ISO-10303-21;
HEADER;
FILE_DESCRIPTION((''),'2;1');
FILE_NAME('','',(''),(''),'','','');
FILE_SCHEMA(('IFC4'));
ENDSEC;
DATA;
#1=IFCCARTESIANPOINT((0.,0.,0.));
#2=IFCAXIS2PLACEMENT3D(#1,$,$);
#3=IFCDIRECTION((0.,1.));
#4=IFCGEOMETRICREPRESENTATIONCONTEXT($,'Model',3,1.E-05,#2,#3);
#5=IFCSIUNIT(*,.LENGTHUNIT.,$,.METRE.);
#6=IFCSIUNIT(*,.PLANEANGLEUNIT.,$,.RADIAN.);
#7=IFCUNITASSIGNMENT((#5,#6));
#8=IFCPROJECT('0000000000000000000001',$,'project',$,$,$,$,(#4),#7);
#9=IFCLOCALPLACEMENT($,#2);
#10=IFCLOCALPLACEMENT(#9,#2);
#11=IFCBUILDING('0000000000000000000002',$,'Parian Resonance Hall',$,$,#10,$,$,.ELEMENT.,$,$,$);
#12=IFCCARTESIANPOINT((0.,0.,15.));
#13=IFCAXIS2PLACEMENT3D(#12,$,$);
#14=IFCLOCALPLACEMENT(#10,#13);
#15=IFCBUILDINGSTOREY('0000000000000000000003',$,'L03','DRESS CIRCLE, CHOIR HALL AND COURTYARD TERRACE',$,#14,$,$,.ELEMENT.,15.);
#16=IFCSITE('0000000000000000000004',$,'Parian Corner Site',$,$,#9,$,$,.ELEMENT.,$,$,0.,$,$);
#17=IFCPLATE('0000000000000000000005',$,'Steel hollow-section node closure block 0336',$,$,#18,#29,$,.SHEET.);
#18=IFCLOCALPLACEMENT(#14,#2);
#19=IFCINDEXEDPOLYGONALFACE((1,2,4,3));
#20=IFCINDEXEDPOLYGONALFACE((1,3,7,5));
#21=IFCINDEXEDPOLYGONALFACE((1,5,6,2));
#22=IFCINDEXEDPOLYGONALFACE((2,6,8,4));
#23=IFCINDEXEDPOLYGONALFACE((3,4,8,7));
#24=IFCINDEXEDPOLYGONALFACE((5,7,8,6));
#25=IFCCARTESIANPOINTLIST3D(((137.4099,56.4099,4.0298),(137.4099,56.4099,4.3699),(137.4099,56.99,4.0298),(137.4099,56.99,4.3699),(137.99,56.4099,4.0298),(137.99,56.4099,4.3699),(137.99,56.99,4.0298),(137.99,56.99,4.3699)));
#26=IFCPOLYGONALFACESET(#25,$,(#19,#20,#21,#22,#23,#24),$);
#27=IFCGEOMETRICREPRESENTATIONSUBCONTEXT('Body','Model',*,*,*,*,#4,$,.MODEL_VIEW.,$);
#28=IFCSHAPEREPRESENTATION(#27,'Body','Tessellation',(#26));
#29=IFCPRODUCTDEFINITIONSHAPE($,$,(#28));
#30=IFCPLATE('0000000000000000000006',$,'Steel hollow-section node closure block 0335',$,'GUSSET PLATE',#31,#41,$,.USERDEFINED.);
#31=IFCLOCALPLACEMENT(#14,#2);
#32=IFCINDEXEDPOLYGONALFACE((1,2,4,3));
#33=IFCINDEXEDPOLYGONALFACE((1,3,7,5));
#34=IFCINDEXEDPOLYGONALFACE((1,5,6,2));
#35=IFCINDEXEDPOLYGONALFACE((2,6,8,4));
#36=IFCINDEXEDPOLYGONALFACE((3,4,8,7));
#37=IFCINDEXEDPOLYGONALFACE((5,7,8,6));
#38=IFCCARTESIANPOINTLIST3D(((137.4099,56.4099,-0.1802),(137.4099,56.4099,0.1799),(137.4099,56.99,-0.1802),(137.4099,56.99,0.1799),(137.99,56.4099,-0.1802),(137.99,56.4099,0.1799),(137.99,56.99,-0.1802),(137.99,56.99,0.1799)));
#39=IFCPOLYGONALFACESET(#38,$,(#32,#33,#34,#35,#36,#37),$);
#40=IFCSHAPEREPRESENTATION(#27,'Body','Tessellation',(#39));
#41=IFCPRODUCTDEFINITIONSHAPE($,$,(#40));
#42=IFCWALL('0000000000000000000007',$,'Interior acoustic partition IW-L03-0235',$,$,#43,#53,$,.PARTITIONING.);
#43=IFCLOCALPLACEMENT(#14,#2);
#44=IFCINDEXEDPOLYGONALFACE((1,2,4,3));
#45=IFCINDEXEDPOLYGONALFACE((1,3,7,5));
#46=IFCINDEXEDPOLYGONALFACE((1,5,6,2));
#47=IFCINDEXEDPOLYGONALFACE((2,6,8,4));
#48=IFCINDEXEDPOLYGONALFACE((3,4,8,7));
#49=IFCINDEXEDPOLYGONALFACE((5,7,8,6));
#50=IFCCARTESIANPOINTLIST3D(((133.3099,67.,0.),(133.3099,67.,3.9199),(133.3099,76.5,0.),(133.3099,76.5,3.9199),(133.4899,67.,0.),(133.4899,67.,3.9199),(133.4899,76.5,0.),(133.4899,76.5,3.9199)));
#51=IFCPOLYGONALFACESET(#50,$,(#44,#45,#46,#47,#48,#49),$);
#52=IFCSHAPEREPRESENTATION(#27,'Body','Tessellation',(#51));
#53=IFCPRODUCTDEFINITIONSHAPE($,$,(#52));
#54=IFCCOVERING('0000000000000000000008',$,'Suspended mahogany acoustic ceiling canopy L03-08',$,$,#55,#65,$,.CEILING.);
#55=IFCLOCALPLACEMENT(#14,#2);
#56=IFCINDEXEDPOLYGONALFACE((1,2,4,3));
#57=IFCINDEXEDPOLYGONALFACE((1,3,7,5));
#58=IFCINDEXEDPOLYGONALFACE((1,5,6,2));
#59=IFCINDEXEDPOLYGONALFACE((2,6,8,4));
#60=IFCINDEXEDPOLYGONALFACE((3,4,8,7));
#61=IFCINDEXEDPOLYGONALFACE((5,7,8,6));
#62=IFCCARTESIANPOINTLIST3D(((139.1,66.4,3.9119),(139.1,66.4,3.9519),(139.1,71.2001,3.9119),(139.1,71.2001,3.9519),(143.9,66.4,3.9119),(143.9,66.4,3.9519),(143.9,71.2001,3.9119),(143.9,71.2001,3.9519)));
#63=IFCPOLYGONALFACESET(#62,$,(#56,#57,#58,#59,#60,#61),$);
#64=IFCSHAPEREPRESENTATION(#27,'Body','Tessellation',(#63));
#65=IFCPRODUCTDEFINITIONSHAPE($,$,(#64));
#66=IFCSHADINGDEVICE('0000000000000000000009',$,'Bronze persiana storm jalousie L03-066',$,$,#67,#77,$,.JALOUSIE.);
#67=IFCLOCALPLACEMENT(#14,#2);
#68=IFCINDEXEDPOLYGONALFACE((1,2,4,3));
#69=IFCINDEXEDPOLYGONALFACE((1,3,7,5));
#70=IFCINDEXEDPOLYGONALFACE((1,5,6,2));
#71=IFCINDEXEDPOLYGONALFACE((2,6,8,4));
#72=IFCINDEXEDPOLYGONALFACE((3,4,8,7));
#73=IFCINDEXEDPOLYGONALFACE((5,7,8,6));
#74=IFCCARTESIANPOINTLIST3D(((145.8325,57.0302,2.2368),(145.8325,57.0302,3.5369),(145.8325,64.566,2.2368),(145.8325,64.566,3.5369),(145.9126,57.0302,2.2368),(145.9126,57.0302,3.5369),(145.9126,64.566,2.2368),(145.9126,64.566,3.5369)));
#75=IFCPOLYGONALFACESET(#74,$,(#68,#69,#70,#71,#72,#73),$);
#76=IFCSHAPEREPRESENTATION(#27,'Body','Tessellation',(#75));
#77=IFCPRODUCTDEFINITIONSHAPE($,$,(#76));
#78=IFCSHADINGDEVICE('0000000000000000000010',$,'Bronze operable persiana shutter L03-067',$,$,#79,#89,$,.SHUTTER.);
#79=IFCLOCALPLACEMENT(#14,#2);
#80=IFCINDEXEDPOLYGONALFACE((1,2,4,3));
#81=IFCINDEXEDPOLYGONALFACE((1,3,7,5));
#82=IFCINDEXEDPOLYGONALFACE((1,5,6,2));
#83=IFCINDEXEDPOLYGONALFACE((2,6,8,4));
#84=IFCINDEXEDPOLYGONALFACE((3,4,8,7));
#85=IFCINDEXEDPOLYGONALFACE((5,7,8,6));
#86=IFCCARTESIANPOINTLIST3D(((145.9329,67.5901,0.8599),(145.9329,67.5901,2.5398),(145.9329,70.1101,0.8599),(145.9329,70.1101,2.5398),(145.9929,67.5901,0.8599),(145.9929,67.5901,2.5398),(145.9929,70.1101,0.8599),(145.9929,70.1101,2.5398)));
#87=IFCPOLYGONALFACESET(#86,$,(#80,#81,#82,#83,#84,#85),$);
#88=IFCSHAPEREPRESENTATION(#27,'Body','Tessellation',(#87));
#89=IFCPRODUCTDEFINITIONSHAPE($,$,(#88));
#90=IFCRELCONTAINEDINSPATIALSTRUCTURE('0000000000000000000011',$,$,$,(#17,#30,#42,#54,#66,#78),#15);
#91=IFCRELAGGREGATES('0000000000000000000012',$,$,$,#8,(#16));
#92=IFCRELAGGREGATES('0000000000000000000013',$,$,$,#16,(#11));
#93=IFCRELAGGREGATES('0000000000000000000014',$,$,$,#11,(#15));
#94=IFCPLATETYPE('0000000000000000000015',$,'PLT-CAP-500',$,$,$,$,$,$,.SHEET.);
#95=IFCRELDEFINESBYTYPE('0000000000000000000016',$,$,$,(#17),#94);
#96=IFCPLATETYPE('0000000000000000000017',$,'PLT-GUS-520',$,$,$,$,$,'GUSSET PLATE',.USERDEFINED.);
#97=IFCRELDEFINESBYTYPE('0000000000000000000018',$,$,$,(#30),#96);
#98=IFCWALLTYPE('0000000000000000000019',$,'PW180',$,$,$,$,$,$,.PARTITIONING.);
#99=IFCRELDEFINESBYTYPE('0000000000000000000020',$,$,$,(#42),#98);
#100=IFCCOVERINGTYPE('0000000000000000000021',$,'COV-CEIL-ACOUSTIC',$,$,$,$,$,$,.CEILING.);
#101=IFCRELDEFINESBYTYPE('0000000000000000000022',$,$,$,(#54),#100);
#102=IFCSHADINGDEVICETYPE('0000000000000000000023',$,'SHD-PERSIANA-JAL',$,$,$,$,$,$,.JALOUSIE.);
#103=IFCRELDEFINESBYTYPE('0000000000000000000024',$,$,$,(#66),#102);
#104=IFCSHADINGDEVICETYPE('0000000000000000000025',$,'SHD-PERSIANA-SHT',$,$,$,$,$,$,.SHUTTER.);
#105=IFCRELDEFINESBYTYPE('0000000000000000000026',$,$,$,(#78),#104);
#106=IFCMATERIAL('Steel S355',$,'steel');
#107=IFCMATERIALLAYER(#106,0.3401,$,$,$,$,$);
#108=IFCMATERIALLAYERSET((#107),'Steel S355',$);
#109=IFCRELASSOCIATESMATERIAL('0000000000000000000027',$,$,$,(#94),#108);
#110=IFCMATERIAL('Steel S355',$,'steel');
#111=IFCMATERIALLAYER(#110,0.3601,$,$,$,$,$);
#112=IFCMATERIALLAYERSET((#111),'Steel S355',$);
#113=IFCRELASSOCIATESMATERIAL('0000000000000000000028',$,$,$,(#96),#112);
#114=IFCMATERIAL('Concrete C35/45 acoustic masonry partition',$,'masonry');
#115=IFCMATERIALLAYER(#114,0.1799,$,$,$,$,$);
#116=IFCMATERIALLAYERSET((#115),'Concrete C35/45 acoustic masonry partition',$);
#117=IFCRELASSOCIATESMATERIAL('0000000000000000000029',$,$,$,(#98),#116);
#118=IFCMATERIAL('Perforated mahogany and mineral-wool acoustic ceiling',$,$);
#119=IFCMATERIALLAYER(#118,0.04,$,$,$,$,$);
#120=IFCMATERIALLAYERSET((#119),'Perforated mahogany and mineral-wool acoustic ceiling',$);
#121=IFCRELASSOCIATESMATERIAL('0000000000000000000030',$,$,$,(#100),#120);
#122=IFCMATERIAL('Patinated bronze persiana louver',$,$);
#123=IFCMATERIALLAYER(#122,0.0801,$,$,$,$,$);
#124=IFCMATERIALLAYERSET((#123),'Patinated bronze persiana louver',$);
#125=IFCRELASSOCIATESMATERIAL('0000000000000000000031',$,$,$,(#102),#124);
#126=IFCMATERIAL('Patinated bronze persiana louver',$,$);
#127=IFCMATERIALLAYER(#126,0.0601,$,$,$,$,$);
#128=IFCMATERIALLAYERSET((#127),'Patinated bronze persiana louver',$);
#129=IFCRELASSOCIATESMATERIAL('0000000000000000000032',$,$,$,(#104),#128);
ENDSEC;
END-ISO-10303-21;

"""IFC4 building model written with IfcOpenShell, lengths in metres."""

from ifc_helpers import new_model, si_unit, direction, frame, frame_2d, origin, origin_2d, place, context, subcontext, project, spatial, rectangle, extrude, material, layer, layer_set, type_object, element, save


model = new_model("IFC4")

# Units and contexts
model_context = context("Model", 3, precision=1e-05, world=origin(), true_north=direction((0.0, 1.0)))
body_context = subcontext(model_context, "Body", "Model", "MODEL_VIEW")
ifc_project = project(units=[si_unit("LENGTHUNIT", "METRE"), si_unit("PLANEANGLEUNIT", "RADIAN")], contexts=[model_context])

# Site, building, storey
site_placement = place(None, origin())
site = spatial("IfcSite", under=ifc_project, at=site_placement, Name="Parian Corner Site", CompositionType="ELEMENT", RefElevation=0.0)
building_placement = place(site_placement, origin())
building = spatial("IfcBuilding", under=site, at=building_placement, Name="Parian Resonance Hall", CompositionType="ELEMENT")
storey_placement = place(building_placement, frame((0.0, 0.0, 15.0)))
storey = spatial("IfcBuildingStorey", under=building, at=storey_placement, Name="L03", Description="DRESS CIRCLE, CHOIR HALL AND COURTYARD TERRACE", CompositionType="ELEMENT", Elevation=15.0)

# Plates
ifc_material_1 = material(Name="Steel S355", Category="steel")
ifc_layer_1 = layer(ifc_material_1, 0.3401)
ifc_layer_set_1 = layer_set([ifc_layer_1], Name="Steel S355")
plate_type_1 = type_object("IfcPlateType", Name="PLT-CAP-500", PredefinedType="SHEET", material=ifc_layer_set_1)
plate_1_placement = place(storey_placement, frame((137.7, 56.7, 4.0298), z_axis=(0.0, 0.0, 1.0), x_axis=(1.0, 0.0, 0.0)))
element("IfcPlate", 1, at=plate_1_placement, inside=storey, type_object=plate_type_1, Name="Steel hollow-section node closure block 0336", PredefinedType="SHEET", context=body_context, shape_type="SweptSolid", body=[
    extrude(rectangle(XDim=0.5801, YDim=0.5801, at=origin_2d()), origin(), (0.0, 0.0, 1.0), 0.3401),
])
ifc_material_2 = material(Name="Steel S355", Category="steel")
ifc_layer_2 = layer(ifc_material_2, 0.3601)
ifc_layer_set_2 = layer_set([ifc_layer_2], Name="Steel S355")
plate_type_2 = type_object("IfcPlateType", Name="PLT-GUS-520", ElementType="GUSSET PLATE", PredefinedType="USERDEFINED", material=ifc_layer_set_2)
plate_2_placement = place(storey_placement, frame((137.7, 56.7, -0.1802), z_axis=(0.0, 0.0, 1.0), x_axis=(1.0, 0.0, 0.0)))
element("IfcPlate", 2, at=plate_2_placement, inside=storey, type_object=plate_type_2, Name="Steel hollow-section node closure block 0335", ObjectType="GUSSET PLATE", PredefinedType="USERDEFINED", context=body_context, shape_type="SweptSolid", body=[
    extrude(rectangle(XDim=0.5801, YDim=0.5801, at=origin_2d()), origin(), (0.0, 0.0, 1.0), 0.3601),
])

# Wall
ifc_material_3 = material(Name="Concrete C35/45 acoustic masonry partition", Category="masonry")
ifc_layer_3 = layer(ifc_material_3, 0.1799)
ifc_layer_set_3 = layer_set([ifc_layer_3], Name="Concrete C35/45 acoustic masonry partition")
wall_type = type_object("IfcWallType", Name="PW180", PredefinedType="PARTITIONING", material=ifc_layer_set_3)
wall_placement = place(storey_placement, frame((133.3999, 67.0, 0.0), z_axis=(0.0, 0.0, 1.0), x_axis=(0.0, 1.0, 0.0)))
element("IfcWall", 3, at=wall_placement, inside=storey, type_object=wall_type, Name="Interior acoustic partition IW-L03-0235", PredefinedType="PARTITIONING", context=body_context, shape_type="SweptSolid", body=[
    extrude(rectangle(XDim=9.5, YDim=0.1799, at=frame_2d((4.75, 0.0))), origin(), (0.0, 0.0, 1.0), 3.9199),
])

# Covering
ifc_material_4 = material(Name="Perforated mahogany and mineral-wool acoustic ceiling")
ifc_layer_4 = layer(ifc_material_4, 0.04)
ifc_layer_set_4 = layer_set([ifc_layer_4], Name="Perforated mahogany and mineral-wool acoustic ceiling")
covering_type = type_object("IfcCoveringType", Name="COV-CEIL-ACOUSTIC", PredefinedType="CEILING", material=ifc_layer_set_4)
covering_placement = place(storey_placement, frame((141.5, 68.8, 3.9119), z_axis=(0.0, 0.0, 1.0), x_axis=(1.0, 0.0, 0.0)))
element("IfcCovering", 4, at=covering_placement, inside=storey, type_object=covering_type, Name="Suspended mahogany acoustic ceiling canopy L03-08", PredefinedType="CEILING", context=body_context, shape_type="SweptSolid", body=[
    extrude(rectangle(XDim=4.8, YDim=4.8, at=origin_2d()), origin(), (0.0, 0.0, 1.0), 0.04),
])

# Shading devices
ifc_material_5 = material(Name="Patinated bronze persiana louver")
ifc_layer_5 = layer(ifc_material_5, 0.0801)
ifc_layer_set_5 = layer_set([ifc_layer_5], Name="Patinated bronze persiana louver")
shading_device_type_1 = type_object("IfcShadingDeviceType", Name="SHD-PERSIANA-JAL", PredefinedType="JALOUSIE", material=ifc_layer_set_5)
shading_device_1_placement = place(storey_placement, frame((145.8726, 60.7981, 2.2368), z_axis=(0.0, 0.0, 1.0), x_axis=(0.0, -1.0, 0.0)))
element("IfcShadingDevice", 5, at=shading_device_1_placement, inside=storey, type_object=shading_device_type_1, Name="Bronze persiana storm jalousie L03-066", PredefinedType="JALOUSIE", context=body_context, shape_type="SweptSolid", body=[
    extrude(rectangle(XDim=7.5359, YDim=0.0801, at=origin_2d()), origin(), (0.0, 0.0, 1.0), 1.3),
])
ifc_material_6 = material(Name="Patinated bronze persiana louver")
ifc_layer_6 = layer(ifc_material_6, 0.0601)
ifc_layer_set_6 = layer_set([ifc_layer_6], Name="Patinated bronze persiana louver")
shading_device_type_2 = type_object("IfcShadingDeviceType", Name="SHD-PERSIANA-SHT", PredefinedType="SHUTTER", material=ifc_layer_set_6)
shading_device_2_placement = place(storey_placement, frame((145.9629, 68.8501, 0.8599), z_axis=(0.0, 0.0, 1.0), x_axis=(0.0, -1.0, 0.0)))
element("IfcShadingDevice", 6, at=shading_device_2_placement, inside=storey, type_object=shading_device_type_2, Name="Bronze operable persiana shutter L03-067", PredefinedType="SHUTTER", context=body_context, shape_type="SweptSolid", body=[
    extrude(rectangle(XDim=2.52, YDim=0.0601, at=origin_2d()), origin(), (0.0, 0.0, 1.0), 1.6799),
])

save(model, "model.ifc")
